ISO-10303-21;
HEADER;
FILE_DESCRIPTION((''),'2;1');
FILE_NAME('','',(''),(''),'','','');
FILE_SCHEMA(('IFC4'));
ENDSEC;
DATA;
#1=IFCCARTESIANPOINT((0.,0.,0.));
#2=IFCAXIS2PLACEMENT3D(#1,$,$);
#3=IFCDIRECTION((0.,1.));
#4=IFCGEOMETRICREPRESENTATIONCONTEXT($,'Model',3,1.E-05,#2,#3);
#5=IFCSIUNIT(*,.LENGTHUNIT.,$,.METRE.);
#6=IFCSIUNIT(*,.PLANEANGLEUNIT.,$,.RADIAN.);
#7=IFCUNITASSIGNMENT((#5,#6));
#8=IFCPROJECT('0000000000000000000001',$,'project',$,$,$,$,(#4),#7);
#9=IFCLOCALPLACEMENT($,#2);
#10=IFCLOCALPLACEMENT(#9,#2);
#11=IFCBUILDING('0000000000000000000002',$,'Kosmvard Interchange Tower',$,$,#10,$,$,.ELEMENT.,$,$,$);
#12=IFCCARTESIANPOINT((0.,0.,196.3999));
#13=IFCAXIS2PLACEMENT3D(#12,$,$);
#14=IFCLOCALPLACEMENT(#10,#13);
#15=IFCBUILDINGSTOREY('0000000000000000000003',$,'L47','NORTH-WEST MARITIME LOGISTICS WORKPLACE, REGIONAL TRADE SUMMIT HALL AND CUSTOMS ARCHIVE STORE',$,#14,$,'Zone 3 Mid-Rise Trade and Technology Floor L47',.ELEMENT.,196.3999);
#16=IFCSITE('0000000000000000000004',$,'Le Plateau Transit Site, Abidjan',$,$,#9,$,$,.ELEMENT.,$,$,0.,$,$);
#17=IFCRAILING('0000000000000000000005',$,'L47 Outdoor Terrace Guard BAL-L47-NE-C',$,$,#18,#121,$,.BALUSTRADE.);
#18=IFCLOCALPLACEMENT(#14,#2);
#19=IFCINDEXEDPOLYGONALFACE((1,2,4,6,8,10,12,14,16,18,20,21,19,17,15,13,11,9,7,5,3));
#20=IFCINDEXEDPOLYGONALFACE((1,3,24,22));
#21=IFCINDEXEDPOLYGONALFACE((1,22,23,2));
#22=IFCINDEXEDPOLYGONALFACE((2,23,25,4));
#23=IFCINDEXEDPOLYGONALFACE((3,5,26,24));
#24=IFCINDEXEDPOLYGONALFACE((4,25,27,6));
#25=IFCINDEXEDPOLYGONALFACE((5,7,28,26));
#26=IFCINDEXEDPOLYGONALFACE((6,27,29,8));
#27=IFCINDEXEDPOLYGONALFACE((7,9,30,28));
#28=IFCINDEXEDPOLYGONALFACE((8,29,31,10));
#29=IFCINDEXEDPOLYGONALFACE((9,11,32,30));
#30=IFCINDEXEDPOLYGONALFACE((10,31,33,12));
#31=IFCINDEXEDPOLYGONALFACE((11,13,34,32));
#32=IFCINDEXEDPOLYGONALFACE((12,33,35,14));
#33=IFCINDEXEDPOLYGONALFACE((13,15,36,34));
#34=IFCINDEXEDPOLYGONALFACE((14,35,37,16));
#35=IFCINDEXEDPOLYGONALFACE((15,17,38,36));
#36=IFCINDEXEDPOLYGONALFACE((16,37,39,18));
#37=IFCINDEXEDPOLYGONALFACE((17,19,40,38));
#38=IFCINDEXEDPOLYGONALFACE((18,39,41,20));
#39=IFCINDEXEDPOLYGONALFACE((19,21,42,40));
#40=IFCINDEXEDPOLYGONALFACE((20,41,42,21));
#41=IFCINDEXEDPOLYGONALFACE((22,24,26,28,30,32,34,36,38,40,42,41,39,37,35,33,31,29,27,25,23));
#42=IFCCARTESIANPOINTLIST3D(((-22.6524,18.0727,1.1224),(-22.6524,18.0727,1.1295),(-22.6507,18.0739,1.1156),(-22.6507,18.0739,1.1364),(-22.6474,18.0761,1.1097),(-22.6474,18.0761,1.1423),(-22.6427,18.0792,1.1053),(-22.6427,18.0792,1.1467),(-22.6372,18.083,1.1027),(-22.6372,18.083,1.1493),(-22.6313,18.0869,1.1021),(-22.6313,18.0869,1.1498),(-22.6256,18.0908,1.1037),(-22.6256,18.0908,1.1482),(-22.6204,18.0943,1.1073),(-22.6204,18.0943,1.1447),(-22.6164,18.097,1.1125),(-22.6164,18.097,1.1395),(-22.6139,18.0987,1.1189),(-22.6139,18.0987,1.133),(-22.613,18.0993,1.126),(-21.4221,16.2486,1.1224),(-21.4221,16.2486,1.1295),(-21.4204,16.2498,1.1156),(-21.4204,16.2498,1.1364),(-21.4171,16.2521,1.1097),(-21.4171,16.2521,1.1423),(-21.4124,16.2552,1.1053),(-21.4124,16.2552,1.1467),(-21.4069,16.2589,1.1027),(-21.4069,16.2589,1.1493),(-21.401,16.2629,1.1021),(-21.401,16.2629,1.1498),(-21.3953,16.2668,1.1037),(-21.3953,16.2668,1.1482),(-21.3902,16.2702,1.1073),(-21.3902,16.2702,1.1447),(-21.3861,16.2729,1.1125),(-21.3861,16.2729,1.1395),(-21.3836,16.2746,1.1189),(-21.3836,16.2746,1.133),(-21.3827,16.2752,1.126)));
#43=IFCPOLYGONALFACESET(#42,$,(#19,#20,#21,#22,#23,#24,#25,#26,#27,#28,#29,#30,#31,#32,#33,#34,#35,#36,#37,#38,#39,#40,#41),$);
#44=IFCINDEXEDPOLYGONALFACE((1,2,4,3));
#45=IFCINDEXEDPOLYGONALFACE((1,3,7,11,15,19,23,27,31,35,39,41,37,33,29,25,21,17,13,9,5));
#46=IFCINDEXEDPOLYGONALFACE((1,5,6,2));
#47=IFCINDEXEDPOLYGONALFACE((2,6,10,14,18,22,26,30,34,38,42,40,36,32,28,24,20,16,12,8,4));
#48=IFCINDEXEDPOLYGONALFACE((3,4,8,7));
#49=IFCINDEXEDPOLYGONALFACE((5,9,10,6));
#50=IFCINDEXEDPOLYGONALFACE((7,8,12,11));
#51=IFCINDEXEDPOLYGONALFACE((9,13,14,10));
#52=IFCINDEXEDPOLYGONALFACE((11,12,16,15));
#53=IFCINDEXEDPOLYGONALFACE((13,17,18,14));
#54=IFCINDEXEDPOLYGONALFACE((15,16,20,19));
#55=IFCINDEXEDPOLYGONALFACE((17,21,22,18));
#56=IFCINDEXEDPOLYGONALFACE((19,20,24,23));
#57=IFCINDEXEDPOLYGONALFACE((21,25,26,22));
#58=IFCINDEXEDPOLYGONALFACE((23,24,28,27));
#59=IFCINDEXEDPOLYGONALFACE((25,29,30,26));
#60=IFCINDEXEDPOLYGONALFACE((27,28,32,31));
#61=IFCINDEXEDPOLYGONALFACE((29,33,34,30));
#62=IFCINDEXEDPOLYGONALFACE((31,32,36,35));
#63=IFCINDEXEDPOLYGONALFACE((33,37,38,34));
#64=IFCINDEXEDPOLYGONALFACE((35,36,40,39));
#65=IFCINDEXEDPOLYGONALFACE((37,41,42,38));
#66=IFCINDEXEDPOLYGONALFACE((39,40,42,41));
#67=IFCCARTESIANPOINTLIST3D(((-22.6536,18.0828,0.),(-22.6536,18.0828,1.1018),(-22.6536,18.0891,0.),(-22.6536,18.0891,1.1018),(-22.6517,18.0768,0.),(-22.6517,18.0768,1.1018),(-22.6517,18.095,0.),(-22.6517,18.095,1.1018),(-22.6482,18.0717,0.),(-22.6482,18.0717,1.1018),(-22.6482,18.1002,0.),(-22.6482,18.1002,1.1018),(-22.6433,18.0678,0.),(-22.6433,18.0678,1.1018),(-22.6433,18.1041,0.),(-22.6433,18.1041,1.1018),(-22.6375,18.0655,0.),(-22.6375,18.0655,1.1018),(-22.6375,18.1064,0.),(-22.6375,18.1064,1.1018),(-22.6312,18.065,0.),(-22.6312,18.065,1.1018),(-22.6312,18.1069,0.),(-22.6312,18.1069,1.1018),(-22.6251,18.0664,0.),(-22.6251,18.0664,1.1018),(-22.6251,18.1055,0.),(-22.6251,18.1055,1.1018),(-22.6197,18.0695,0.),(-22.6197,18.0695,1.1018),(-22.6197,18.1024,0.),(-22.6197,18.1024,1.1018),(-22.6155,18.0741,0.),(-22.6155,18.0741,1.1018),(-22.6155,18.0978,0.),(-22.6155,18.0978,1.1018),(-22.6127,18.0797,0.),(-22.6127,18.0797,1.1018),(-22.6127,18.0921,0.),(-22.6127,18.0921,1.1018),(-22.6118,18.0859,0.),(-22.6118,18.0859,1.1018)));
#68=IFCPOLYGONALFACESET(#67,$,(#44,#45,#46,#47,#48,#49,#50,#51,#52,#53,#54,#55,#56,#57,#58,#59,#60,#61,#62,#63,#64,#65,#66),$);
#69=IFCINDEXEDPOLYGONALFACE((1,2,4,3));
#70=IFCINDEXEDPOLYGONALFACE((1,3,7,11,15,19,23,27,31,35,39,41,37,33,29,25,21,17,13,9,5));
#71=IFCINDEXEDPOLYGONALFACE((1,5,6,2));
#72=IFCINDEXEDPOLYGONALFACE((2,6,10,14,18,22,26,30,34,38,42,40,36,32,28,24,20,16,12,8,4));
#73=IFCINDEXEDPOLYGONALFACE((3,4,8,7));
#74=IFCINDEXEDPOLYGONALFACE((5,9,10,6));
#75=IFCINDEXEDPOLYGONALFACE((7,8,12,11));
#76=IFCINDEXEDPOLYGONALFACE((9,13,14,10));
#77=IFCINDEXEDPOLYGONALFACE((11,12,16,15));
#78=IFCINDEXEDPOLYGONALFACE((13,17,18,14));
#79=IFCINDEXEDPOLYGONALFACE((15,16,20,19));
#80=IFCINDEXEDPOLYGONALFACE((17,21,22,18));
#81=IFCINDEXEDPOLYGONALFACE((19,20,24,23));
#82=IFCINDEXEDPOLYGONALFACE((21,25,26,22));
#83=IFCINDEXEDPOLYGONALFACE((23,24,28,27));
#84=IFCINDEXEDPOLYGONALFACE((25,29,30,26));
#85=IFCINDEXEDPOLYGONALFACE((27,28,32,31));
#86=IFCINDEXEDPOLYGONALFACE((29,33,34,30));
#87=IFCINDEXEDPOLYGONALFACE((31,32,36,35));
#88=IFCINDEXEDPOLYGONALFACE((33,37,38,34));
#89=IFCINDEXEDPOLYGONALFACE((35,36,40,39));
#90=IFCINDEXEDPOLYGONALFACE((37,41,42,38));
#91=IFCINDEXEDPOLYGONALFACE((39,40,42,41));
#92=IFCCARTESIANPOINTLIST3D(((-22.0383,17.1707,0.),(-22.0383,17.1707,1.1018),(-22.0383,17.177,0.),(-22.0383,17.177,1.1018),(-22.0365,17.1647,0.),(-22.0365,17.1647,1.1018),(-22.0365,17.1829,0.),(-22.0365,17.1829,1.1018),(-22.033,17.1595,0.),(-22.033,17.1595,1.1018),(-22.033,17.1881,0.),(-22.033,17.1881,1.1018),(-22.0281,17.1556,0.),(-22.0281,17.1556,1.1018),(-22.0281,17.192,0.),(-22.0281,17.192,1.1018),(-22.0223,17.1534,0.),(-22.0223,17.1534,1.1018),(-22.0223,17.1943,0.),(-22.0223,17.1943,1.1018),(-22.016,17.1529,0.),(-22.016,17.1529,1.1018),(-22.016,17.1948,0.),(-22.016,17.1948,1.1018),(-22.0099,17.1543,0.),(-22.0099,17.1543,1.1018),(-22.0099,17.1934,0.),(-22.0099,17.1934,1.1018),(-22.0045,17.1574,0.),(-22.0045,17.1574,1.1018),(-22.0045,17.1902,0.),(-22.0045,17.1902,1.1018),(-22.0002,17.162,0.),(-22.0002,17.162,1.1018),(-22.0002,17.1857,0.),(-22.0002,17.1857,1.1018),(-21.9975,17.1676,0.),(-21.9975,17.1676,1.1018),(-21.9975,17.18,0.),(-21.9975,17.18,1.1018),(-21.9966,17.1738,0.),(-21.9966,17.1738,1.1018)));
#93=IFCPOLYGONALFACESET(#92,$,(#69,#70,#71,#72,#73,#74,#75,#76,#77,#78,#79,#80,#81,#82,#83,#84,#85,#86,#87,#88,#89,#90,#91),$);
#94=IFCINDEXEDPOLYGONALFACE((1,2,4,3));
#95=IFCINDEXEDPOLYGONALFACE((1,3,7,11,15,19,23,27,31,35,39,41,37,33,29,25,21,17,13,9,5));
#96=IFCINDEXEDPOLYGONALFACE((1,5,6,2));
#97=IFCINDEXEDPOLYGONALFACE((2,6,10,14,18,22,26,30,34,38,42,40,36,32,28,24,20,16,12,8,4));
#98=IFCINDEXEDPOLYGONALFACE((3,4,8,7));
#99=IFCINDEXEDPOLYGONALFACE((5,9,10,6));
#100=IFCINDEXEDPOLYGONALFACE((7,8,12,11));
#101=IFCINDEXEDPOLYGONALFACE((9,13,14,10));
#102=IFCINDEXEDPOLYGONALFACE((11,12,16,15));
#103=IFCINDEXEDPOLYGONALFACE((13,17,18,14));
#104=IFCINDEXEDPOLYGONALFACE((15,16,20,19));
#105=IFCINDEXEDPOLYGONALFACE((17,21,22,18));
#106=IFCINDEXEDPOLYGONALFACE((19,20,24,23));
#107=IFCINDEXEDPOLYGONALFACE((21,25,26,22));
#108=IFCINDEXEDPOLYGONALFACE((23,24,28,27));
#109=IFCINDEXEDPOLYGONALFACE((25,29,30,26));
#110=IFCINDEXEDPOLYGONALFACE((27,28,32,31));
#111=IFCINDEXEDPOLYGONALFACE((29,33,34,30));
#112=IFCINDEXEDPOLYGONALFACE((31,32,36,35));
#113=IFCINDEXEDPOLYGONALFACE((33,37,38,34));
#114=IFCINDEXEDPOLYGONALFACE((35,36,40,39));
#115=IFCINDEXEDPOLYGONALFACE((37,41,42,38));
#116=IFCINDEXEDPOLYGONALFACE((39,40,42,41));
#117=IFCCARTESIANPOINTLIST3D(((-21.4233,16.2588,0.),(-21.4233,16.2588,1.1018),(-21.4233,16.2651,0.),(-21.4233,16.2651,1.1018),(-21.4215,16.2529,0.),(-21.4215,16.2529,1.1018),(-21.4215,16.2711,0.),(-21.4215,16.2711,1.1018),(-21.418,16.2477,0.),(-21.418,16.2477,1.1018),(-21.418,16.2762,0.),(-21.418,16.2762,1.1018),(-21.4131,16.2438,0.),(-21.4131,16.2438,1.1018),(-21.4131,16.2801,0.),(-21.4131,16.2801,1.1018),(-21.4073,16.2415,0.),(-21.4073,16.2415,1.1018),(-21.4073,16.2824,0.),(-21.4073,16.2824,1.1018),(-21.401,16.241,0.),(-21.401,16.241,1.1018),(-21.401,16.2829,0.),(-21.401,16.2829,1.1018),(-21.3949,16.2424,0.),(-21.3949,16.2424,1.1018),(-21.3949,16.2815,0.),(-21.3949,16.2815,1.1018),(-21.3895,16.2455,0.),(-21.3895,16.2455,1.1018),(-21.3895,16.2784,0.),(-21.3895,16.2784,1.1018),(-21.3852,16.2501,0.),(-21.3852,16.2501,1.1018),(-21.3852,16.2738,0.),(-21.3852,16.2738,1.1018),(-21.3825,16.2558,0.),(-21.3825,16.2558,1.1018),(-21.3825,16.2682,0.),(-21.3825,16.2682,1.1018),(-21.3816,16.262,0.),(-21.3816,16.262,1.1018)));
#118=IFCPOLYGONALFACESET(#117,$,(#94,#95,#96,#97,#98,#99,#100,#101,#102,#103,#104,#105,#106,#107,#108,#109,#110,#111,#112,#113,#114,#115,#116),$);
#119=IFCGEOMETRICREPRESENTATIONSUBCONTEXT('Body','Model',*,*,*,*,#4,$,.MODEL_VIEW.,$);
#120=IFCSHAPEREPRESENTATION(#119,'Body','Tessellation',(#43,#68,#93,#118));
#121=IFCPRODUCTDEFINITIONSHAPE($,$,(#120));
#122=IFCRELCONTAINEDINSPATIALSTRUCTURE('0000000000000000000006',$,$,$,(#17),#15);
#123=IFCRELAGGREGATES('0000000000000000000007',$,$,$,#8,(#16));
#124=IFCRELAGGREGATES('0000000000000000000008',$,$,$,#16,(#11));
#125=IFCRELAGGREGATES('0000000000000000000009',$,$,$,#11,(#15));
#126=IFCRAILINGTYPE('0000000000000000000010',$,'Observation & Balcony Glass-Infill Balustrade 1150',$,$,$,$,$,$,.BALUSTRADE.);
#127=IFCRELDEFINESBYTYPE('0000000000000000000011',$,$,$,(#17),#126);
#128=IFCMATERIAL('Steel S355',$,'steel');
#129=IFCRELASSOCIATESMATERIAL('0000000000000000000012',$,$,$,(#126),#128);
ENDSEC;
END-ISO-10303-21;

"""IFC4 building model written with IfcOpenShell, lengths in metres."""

from ifc_helpers import new_model, si_unit, direction, frame, origin, origin_2d, place, context, subcontext, project, spatial, circle, extrude, source, transform, mapped, material, type_object, element, save


model = new_model("IFC4")

# Units and contexts
model_context = context("Model", 3, precision=1e-05, world=origin(), true_north=direction((0.0, 1.0)))
body_context = subcontext(model_context, "Body", "Model", "MODEL_VIEW")
ifc_project = project(units=[si_unit("LENGTHUNIT", "METRE"), si_unit("PLANEANGLEUNIT", "RADIAN")], contexts=[model_context])

# Site, building, storey
site_placement = place(None, origin())
site = spatial("IfcSite", under=ifc_project, at=site_placement, Name="Le Plateau Transit Site, Abidjan", CompositionType="ELEMENT", RefElevation=0.0)
building_placement = place(site_placement, origin())
building = spatial("IfcBuilding", under=site, at=building_placement, Name="Kosmvard Interchange Tower", CompositionType="ELEMENT")
storey_placement = place(building_placement, frame((0.0, 0.0, 196.3999)))
storey = spatial("IfcBuildingStorey", under=building, at=storey_placement, Name="L47", Description="NORTH-WEST MARITIME LOGISTICS WORKPLACE, REGIONAL TRADE SUMMIT HALL AND CUSTOMS ARCHIVE STORE", LongName="Zone 3 Mid-Rise Trade and Technology Floor L47", CompositionType="ELEMENT", Elevation=196.3999)

# Shared definitions
ifc_material_1 = material(Name="Steel S355", Category="steel")

# Railing
railing_type = type_object("IfcRailingType", Name="Observation & Balcony Glass-Infill Balustrade 1150", PredefinedType="BALUSTRADE", material=ifc_material_1)
shared_shape_1 = source(origin(), body_context, "Body", "SweptSolid", [
    extrude(circle(Radius=0.0239, at=origin_2d()), frame((0.0, 0.0, 1.126), z_axis=(0.559174, -0.829051, 0.0), x_axis=(0.829051, 0.559174, 0.0)), (0.0, 0.0, 1.0), 2.2002),
    extrude(circle(Radius=0.021, at=origin_2d()), origin(), (0.0, 0.0, 1.0), 1.1018),
    extrude(circle(Radius=0.021, at=origin_2d()), frame((0.6152, -0.9121, 0.0)), (0.0, 0.0, 1.0), 1.1018),
    extrude(circle(Radius=0.021, at=origin_2d()), frame((1.2302, -1.824, 0.0)), (0.0, 0.0, 1.0), 1.1018),
])
railing_1_placement = place(storey_placement, frame((-22.6328, 18.0859, 0.0)))
element("IfcRailing", 1, at=railing_1_placement, inside=storey, type_object=railing_type, Name="L47 Outdoor Terrace Guard BAL-L47-NE-C", PredefinedType="BALUSTRADE", context=body_context, shape_type="MappedRepresentation", body=[
    mapped(shared_shape_1, transform((0.0, 0.0, 0.0), scale=1.0)),
])

save(model, "model.ifc")
